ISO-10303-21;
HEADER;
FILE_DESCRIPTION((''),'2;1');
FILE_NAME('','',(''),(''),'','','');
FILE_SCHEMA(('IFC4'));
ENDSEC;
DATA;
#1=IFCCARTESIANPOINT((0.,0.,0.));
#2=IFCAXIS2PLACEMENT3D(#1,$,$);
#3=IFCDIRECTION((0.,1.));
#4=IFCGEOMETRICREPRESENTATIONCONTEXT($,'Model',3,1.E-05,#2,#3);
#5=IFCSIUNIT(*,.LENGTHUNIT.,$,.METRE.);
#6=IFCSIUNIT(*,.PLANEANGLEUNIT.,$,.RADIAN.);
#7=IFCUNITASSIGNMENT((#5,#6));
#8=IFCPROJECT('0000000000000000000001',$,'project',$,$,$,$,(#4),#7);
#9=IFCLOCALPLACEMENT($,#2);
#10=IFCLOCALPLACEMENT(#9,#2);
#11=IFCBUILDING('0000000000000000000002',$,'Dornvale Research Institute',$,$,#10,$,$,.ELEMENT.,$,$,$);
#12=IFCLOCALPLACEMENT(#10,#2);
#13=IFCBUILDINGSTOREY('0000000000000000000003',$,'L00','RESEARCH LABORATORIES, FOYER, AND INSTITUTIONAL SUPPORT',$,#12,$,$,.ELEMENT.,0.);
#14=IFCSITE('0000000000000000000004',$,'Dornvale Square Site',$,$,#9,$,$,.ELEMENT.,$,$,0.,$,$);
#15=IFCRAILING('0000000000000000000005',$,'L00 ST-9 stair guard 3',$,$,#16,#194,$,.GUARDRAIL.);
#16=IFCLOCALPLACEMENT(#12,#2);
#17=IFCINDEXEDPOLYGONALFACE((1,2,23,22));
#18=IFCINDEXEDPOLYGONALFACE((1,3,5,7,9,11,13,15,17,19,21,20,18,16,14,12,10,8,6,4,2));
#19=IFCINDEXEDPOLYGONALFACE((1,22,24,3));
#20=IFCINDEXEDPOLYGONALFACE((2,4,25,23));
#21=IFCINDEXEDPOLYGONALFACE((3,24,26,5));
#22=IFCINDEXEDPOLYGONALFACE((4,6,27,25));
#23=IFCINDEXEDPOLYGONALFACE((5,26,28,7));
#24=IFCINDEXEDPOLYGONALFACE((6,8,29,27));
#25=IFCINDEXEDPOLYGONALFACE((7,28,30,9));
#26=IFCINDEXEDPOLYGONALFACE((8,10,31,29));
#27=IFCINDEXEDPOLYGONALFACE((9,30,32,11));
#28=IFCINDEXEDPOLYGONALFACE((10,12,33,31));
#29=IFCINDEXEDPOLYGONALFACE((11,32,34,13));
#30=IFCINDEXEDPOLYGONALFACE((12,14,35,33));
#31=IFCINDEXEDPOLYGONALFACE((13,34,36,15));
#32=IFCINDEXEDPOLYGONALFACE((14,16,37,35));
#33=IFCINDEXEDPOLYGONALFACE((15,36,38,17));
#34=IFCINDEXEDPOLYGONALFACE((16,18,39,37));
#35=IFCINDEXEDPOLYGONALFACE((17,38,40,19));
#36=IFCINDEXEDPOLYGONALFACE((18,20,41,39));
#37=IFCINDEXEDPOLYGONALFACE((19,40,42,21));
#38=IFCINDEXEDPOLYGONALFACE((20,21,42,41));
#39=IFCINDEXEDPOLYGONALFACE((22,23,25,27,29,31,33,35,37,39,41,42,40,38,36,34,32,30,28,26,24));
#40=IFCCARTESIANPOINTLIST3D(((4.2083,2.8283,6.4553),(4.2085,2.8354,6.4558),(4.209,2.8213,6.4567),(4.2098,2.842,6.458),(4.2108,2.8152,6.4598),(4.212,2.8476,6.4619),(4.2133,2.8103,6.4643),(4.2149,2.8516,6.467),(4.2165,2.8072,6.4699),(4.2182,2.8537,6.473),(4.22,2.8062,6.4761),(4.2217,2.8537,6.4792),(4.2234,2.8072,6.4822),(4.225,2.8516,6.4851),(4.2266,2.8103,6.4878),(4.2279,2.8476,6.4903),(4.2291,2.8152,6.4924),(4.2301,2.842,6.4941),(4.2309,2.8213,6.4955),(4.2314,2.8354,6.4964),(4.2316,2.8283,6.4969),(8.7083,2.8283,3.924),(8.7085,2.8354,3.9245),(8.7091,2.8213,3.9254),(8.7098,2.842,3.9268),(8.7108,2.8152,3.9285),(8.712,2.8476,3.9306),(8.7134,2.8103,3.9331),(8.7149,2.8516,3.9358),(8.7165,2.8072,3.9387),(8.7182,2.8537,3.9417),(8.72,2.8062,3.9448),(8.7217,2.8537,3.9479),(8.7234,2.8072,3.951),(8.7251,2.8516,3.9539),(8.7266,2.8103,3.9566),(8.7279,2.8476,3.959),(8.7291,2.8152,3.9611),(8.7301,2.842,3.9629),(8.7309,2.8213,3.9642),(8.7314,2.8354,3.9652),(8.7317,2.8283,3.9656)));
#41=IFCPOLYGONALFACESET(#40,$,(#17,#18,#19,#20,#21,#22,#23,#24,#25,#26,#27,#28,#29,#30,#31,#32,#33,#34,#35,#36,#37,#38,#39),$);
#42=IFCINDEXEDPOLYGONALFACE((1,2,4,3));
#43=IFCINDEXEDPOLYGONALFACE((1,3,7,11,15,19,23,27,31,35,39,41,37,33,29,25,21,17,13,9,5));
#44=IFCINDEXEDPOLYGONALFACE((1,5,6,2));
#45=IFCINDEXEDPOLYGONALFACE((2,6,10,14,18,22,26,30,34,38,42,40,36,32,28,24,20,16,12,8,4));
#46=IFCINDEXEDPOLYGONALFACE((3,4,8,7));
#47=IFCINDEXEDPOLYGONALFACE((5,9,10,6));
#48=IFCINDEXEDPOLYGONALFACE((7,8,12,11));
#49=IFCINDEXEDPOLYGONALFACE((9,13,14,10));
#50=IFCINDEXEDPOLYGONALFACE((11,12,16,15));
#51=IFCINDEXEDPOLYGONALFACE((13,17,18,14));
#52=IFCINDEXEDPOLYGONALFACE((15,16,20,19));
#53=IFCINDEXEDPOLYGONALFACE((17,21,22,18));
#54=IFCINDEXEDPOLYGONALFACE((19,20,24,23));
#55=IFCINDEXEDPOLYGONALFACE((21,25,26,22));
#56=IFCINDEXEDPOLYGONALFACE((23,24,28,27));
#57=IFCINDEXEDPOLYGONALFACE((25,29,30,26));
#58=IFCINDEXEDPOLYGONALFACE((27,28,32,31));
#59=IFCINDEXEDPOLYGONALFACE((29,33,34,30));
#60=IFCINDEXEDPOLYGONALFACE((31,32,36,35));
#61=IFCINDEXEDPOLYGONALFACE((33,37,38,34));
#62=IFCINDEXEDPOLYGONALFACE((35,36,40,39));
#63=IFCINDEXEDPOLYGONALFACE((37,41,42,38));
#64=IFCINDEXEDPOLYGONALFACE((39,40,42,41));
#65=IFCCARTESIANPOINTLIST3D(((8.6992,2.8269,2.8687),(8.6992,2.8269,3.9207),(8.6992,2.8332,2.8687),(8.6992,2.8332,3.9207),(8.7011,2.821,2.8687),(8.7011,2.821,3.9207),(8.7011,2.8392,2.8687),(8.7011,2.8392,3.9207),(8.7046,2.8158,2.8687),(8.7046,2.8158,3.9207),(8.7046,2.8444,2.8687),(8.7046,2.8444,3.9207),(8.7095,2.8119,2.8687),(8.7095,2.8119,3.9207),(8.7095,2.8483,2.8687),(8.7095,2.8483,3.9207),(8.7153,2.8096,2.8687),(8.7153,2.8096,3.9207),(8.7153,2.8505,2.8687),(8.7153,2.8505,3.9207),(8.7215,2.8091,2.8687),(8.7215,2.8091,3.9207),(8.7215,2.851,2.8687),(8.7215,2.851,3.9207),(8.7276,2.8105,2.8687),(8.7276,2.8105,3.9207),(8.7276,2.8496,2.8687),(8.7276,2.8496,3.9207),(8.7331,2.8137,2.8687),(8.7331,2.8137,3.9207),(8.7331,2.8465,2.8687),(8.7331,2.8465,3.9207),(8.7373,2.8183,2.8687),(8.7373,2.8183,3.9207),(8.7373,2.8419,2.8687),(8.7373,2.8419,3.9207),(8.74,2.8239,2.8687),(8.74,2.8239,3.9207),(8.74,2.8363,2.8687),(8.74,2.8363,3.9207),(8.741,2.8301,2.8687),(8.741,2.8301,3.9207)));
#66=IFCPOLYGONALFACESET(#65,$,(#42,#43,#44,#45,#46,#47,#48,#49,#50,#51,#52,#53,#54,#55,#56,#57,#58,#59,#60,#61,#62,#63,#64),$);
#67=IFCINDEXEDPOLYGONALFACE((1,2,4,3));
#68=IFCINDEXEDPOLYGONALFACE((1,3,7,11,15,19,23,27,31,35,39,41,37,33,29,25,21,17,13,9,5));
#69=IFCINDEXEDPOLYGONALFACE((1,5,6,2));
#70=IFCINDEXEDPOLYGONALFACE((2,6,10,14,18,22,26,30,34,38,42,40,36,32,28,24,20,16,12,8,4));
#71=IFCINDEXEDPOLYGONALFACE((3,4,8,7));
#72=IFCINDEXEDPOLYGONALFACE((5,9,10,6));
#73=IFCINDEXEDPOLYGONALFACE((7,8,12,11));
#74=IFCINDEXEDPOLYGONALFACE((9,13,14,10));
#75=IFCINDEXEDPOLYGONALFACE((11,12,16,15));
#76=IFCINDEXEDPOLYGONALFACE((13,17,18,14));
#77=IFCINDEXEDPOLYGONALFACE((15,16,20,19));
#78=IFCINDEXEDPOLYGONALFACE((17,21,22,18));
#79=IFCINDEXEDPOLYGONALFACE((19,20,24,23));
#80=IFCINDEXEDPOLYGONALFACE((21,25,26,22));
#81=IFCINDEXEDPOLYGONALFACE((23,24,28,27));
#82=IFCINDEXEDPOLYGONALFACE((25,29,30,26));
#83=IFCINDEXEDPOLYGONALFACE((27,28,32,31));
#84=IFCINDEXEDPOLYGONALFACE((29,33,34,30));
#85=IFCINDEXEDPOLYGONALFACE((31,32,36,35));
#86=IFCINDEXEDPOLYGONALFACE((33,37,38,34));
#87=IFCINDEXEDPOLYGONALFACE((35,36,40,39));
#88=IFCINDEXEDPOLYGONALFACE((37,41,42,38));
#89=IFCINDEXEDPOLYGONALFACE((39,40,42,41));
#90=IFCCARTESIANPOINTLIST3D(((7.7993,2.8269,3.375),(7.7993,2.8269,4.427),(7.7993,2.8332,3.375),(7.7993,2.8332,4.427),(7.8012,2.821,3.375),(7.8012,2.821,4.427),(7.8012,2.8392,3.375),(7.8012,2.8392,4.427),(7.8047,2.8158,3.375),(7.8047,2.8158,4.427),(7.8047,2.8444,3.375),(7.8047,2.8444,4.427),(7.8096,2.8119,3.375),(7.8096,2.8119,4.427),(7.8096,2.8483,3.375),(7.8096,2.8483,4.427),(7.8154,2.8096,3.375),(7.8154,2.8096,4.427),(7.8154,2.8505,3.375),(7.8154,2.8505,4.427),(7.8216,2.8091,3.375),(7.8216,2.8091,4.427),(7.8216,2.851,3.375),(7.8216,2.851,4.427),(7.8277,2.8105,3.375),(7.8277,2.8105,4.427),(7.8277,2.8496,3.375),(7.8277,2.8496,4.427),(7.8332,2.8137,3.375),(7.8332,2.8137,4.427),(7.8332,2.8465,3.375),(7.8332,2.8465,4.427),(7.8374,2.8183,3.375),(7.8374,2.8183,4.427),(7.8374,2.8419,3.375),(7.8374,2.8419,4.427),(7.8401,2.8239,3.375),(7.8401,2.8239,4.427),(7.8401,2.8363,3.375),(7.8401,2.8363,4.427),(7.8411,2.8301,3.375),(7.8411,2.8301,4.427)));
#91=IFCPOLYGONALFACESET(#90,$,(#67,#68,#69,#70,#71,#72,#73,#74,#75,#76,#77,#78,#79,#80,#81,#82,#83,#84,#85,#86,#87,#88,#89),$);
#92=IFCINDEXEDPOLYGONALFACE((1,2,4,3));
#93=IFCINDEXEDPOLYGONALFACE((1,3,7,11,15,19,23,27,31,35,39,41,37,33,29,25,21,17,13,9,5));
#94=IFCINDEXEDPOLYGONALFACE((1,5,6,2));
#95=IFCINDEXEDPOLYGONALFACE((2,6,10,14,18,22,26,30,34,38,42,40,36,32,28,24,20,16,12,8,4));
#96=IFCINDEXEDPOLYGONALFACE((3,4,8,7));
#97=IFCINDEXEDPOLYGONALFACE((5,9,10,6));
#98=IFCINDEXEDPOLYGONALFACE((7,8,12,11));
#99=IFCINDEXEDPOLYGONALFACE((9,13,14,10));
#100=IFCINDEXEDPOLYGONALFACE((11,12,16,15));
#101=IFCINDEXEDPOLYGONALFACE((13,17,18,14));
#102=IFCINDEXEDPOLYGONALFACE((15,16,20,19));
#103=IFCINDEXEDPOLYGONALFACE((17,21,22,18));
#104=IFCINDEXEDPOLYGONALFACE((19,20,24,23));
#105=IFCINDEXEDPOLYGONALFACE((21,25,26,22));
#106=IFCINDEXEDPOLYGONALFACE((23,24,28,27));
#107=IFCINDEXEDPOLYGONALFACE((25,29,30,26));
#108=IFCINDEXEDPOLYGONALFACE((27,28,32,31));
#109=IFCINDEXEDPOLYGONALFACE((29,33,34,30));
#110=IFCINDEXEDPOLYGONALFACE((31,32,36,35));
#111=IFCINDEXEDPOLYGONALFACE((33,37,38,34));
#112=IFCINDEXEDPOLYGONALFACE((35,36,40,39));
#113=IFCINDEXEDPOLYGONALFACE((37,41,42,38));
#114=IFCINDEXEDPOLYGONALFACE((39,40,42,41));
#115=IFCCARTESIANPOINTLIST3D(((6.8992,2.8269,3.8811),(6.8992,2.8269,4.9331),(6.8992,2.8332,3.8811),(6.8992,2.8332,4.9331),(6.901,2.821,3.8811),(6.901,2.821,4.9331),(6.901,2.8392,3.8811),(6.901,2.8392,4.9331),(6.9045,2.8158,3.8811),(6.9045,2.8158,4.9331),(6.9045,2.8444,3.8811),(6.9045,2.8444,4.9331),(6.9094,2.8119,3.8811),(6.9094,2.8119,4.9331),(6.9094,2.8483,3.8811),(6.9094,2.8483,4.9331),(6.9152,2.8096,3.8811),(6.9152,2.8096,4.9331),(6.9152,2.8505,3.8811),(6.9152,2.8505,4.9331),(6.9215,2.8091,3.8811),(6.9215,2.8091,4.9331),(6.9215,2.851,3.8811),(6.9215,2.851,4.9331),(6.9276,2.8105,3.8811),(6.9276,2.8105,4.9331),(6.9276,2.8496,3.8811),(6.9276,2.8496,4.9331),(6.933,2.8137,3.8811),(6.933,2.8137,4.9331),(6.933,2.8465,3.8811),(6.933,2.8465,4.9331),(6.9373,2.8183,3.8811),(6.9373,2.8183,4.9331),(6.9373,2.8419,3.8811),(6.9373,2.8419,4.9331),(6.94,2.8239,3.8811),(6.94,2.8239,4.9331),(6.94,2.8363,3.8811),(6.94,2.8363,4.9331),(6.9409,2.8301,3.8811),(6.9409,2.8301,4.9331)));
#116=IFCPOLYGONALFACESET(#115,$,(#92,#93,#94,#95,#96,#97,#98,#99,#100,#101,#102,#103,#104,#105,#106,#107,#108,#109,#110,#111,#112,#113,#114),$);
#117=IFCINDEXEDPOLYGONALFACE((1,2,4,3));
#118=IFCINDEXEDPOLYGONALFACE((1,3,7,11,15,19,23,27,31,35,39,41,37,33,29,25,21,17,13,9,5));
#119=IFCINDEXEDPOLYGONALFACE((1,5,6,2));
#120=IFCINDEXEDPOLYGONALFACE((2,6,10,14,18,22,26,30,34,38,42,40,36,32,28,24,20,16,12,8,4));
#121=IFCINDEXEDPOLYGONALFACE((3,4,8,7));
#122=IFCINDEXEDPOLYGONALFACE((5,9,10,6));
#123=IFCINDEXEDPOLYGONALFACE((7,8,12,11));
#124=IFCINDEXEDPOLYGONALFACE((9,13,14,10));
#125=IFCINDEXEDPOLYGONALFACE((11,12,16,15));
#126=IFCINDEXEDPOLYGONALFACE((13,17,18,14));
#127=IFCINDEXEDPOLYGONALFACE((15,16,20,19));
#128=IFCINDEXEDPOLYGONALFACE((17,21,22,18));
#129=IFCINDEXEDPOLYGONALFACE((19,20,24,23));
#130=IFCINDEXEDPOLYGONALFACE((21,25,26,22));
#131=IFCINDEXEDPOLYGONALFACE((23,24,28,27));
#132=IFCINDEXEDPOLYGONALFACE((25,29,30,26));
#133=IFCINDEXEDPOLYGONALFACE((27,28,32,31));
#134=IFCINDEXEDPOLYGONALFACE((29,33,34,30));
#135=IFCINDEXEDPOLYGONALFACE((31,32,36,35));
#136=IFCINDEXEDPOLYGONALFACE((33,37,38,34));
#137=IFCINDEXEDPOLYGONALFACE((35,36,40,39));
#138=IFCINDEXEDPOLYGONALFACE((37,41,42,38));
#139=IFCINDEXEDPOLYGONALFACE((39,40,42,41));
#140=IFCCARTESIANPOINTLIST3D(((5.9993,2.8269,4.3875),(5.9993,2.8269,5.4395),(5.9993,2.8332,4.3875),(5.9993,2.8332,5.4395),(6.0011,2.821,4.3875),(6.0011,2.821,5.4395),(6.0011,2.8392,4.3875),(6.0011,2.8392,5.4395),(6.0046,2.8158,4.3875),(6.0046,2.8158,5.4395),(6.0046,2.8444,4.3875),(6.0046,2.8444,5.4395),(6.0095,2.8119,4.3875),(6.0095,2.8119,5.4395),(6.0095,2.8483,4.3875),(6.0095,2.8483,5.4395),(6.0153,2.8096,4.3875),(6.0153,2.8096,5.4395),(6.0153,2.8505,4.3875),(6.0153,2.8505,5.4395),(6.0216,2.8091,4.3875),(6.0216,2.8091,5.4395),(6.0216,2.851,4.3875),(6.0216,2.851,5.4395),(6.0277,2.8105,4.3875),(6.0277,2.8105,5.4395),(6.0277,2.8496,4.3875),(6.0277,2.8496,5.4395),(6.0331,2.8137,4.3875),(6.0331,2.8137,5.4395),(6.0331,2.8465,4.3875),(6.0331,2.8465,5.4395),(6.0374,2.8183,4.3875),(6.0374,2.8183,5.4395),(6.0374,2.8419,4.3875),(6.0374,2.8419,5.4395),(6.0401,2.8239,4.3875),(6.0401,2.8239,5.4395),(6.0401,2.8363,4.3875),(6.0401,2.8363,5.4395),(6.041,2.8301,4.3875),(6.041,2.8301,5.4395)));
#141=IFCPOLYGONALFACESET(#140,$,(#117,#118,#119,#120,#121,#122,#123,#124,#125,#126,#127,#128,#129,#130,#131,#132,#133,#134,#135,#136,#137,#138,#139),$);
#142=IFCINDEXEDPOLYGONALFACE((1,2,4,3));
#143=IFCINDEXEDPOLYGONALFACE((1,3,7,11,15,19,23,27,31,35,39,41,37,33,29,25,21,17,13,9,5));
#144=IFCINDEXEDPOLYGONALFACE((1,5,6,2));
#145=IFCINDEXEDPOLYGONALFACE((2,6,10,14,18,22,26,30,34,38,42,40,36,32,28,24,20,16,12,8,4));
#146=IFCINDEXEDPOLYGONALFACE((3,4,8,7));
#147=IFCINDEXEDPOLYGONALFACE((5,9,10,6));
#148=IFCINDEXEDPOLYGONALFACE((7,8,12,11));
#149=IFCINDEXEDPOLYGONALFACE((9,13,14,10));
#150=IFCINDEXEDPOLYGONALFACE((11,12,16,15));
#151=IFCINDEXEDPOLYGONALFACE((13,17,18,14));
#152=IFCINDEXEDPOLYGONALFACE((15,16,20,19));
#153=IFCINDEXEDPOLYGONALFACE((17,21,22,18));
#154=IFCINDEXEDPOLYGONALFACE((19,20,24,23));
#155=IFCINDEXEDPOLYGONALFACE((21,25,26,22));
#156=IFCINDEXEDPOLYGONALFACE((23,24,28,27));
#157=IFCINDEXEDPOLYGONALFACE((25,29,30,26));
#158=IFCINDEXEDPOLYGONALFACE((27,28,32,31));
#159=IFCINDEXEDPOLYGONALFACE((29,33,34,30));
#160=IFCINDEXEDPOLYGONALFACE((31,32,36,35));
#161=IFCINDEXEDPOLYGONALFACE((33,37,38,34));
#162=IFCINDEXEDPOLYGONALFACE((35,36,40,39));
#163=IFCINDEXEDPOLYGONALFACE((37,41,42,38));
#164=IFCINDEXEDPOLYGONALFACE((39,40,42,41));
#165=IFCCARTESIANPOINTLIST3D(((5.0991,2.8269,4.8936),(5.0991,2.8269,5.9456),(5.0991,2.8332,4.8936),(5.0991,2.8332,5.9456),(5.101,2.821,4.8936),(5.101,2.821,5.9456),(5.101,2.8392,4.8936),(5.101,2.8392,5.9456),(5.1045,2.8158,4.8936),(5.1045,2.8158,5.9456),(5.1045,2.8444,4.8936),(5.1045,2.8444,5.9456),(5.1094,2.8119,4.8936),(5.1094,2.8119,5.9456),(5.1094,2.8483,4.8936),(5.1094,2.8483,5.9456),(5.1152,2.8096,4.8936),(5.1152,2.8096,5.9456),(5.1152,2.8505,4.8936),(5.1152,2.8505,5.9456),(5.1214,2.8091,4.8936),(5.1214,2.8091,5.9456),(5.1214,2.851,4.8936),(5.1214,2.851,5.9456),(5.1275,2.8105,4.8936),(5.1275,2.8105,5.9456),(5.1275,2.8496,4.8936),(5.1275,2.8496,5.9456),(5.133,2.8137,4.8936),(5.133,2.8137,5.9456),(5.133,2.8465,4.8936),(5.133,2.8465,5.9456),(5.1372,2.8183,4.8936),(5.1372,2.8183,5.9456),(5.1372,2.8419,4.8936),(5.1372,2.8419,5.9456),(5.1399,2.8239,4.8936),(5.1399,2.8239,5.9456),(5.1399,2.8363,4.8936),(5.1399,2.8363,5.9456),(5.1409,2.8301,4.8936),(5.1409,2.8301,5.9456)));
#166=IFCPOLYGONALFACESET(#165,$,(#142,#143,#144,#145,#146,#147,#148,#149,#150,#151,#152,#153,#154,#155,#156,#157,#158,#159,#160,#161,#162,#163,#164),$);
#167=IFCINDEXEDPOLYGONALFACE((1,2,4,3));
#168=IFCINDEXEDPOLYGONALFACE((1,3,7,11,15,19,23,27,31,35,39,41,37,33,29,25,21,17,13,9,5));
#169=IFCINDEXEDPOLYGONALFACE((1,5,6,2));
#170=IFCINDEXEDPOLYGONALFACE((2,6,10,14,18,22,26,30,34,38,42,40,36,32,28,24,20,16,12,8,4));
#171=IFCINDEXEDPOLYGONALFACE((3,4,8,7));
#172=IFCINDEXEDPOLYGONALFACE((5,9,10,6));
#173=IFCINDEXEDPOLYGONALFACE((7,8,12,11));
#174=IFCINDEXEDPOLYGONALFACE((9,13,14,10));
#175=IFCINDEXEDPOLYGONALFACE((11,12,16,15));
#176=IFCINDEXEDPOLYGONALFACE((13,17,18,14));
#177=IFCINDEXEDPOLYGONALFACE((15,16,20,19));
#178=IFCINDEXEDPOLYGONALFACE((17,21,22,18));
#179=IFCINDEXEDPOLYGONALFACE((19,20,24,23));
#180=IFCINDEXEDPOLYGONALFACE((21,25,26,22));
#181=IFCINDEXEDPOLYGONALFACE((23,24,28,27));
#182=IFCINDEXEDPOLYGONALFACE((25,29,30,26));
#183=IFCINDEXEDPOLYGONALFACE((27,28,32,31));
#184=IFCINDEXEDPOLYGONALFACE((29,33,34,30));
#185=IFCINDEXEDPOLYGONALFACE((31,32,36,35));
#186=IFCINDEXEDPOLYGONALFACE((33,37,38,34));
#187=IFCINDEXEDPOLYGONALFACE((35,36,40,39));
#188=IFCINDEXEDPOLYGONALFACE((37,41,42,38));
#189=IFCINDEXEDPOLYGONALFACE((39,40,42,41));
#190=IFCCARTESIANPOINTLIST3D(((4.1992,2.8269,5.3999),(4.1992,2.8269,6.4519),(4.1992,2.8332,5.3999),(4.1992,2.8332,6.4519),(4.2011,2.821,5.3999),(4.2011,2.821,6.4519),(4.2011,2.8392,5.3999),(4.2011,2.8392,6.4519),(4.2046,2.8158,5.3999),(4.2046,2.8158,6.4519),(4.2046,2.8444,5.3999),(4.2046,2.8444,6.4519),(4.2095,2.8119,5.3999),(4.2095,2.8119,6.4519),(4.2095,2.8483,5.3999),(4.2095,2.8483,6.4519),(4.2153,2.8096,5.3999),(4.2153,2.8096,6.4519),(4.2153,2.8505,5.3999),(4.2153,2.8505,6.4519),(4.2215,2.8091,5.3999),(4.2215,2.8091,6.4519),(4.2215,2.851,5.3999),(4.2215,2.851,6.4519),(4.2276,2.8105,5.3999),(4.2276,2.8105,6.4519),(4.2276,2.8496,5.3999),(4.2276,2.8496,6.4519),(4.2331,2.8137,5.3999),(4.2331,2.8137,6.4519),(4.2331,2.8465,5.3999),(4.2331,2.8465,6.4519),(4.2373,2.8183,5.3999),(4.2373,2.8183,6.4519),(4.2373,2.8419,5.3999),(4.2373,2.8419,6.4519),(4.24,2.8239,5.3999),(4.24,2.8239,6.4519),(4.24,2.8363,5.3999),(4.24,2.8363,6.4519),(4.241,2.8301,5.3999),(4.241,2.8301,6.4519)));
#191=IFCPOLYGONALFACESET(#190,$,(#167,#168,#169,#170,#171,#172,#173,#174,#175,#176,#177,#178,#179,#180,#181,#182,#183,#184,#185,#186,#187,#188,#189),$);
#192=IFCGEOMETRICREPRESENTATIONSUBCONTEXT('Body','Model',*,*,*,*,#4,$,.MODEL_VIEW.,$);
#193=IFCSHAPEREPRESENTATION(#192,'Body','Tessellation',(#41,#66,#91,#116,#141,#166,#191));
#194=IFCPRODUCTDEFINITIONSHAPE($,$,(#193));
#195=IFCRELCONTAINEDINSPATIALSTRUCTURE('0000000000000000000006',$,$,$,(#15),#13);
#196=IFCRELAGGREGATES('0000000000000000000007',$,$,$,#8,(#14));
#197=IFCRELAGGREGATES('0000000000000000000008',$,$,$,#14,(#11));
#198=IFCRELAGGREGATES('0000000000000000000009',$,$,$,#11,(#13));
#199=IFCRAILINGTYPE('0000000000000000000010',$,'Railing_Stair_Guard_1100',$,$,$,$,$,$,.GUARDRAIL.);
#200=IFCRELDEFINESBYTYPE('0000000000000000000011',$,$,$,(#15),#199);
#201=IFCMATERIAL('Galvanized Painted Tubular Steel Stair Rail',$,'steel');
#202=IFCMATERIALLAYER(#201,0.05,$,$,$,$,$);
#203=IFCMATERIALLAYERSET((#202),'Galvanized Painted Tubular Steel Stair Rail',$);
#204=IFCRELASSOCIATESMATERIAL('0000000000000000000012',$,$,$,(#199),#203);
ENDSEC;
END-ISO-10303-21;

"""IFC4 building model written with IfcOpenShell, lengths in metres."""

from ifc_helpers import new_model, si_unit, direction, frame, origin, origin_2d, place, context, subcontext, project, spatial, circle, extrude, material, layer, layer_set, type_object, element, save


model = new_model("IFC4")

# Units and contexts
model_context = context("Model", 3, precision=1e-05, world=origin(), true_north=direction((0.0, 1.0)))
body_context = subcontext(model_context, "Body", "Model", "MODEL_VIEW")
ifc_project = project(units=[si_unit("LENGTHUNIT", "METRE"), si_unit("PLANEANGLEUNIT", "RADIAN")], contexts=[model_context])

# Site, building, storey
site_placement = place(None, origin())
site = spatial("IfcSite", under=ifc_project, at=site_placement, Name="Dornvale Square Site", CompositionType="ELEMENT", RefElevation=0.0)
building_placement = place(site_placement, origin())
building = spatial("IfcBuilding", under=site, at=building_placement, Name="Dornvale Research Institute", CompositionType="ELEMENT")
storey_placement = place(building_placement, origin())
storey = spatial("IfcBuildingStorey", under=building, at=storey_placement, Name="L00", Description="RESEARCH LABORATORIES, FOYER, AND INSTITUTIONAL SUPPORT", CompositionType="ELEMENT", Elevation=0.0)

# Railing
ifc_material_1 = material(Name="Galvanized Painted Tubular Steel Stair Rail", Category="steel")
ifc_layer_1 = layer(ifc_material_1, 0.05)
ifc_layer_set_1 = layer_set([ifc_layer_1], Name="Galvanized Painted Tubular Steel Stair Rail")
railing_type_1 = type_object("IfcRailingType", Name="Railing_Stair_Guard_1100", PredefinedType="GUARDRAIL", material=ifc_layer_set_1)
railing_1_placement = place(storey_placement, frame((8.72, 2.8301, 2.8687)))
element("IfcRailing", 1, at=railing_1_placement, inside=storey, type_object=railing_type_1, Name="L00 ST-9 stair guard 3", PredefinedType="GUARDRAIL", context=body_context, shape_type="SweptSolid", body=[
    extrude(circle(Radius=0.0239, at=origin_2d()), frame((0.0, 0.0, 1.0762), z_axis=(-0.871576, 0.0, 0.490261), x_axis=(0.0, -1.0, 0.0)), (0.0, 0.0, 1.0), 5.1631),
    extrude(circle(Radius=0.021, at=origin_2d()), origin(), (0.0, 0.0, 1.0), 1.052),
    extrude(circle(Radius=0.021, at=origin_2d()), frame((-0.8999, 0.0, 0.5063)), (0.0, 0.0, 1.0), 1.052),
    extrude(circle(Radius=0.021, at=origin_2d()), frame((-1.8, 0.0, 1.0125)), (0.0, 0.0, 1.0), 1.052),
    extrude(circle(Radius=0.021, at=origin_2d()), frame((-2.7, 0.0, 1.5188)), (0.0, 0.0, 1.0), 1.052),
    extrude(circle(Radius=0.021, at=origin_2d()), frame((-3.6001, 0.0, 2.0249)), (0.0, 0.0, 1.0), 1.052),
    extrude(circle(Radius=0.021, at=origin_2d()), frame((-4.5, 0.0, 2.5312)), (0.0, 0.0, 1.0), 1.052),
])

save(model, "model.ifc")
